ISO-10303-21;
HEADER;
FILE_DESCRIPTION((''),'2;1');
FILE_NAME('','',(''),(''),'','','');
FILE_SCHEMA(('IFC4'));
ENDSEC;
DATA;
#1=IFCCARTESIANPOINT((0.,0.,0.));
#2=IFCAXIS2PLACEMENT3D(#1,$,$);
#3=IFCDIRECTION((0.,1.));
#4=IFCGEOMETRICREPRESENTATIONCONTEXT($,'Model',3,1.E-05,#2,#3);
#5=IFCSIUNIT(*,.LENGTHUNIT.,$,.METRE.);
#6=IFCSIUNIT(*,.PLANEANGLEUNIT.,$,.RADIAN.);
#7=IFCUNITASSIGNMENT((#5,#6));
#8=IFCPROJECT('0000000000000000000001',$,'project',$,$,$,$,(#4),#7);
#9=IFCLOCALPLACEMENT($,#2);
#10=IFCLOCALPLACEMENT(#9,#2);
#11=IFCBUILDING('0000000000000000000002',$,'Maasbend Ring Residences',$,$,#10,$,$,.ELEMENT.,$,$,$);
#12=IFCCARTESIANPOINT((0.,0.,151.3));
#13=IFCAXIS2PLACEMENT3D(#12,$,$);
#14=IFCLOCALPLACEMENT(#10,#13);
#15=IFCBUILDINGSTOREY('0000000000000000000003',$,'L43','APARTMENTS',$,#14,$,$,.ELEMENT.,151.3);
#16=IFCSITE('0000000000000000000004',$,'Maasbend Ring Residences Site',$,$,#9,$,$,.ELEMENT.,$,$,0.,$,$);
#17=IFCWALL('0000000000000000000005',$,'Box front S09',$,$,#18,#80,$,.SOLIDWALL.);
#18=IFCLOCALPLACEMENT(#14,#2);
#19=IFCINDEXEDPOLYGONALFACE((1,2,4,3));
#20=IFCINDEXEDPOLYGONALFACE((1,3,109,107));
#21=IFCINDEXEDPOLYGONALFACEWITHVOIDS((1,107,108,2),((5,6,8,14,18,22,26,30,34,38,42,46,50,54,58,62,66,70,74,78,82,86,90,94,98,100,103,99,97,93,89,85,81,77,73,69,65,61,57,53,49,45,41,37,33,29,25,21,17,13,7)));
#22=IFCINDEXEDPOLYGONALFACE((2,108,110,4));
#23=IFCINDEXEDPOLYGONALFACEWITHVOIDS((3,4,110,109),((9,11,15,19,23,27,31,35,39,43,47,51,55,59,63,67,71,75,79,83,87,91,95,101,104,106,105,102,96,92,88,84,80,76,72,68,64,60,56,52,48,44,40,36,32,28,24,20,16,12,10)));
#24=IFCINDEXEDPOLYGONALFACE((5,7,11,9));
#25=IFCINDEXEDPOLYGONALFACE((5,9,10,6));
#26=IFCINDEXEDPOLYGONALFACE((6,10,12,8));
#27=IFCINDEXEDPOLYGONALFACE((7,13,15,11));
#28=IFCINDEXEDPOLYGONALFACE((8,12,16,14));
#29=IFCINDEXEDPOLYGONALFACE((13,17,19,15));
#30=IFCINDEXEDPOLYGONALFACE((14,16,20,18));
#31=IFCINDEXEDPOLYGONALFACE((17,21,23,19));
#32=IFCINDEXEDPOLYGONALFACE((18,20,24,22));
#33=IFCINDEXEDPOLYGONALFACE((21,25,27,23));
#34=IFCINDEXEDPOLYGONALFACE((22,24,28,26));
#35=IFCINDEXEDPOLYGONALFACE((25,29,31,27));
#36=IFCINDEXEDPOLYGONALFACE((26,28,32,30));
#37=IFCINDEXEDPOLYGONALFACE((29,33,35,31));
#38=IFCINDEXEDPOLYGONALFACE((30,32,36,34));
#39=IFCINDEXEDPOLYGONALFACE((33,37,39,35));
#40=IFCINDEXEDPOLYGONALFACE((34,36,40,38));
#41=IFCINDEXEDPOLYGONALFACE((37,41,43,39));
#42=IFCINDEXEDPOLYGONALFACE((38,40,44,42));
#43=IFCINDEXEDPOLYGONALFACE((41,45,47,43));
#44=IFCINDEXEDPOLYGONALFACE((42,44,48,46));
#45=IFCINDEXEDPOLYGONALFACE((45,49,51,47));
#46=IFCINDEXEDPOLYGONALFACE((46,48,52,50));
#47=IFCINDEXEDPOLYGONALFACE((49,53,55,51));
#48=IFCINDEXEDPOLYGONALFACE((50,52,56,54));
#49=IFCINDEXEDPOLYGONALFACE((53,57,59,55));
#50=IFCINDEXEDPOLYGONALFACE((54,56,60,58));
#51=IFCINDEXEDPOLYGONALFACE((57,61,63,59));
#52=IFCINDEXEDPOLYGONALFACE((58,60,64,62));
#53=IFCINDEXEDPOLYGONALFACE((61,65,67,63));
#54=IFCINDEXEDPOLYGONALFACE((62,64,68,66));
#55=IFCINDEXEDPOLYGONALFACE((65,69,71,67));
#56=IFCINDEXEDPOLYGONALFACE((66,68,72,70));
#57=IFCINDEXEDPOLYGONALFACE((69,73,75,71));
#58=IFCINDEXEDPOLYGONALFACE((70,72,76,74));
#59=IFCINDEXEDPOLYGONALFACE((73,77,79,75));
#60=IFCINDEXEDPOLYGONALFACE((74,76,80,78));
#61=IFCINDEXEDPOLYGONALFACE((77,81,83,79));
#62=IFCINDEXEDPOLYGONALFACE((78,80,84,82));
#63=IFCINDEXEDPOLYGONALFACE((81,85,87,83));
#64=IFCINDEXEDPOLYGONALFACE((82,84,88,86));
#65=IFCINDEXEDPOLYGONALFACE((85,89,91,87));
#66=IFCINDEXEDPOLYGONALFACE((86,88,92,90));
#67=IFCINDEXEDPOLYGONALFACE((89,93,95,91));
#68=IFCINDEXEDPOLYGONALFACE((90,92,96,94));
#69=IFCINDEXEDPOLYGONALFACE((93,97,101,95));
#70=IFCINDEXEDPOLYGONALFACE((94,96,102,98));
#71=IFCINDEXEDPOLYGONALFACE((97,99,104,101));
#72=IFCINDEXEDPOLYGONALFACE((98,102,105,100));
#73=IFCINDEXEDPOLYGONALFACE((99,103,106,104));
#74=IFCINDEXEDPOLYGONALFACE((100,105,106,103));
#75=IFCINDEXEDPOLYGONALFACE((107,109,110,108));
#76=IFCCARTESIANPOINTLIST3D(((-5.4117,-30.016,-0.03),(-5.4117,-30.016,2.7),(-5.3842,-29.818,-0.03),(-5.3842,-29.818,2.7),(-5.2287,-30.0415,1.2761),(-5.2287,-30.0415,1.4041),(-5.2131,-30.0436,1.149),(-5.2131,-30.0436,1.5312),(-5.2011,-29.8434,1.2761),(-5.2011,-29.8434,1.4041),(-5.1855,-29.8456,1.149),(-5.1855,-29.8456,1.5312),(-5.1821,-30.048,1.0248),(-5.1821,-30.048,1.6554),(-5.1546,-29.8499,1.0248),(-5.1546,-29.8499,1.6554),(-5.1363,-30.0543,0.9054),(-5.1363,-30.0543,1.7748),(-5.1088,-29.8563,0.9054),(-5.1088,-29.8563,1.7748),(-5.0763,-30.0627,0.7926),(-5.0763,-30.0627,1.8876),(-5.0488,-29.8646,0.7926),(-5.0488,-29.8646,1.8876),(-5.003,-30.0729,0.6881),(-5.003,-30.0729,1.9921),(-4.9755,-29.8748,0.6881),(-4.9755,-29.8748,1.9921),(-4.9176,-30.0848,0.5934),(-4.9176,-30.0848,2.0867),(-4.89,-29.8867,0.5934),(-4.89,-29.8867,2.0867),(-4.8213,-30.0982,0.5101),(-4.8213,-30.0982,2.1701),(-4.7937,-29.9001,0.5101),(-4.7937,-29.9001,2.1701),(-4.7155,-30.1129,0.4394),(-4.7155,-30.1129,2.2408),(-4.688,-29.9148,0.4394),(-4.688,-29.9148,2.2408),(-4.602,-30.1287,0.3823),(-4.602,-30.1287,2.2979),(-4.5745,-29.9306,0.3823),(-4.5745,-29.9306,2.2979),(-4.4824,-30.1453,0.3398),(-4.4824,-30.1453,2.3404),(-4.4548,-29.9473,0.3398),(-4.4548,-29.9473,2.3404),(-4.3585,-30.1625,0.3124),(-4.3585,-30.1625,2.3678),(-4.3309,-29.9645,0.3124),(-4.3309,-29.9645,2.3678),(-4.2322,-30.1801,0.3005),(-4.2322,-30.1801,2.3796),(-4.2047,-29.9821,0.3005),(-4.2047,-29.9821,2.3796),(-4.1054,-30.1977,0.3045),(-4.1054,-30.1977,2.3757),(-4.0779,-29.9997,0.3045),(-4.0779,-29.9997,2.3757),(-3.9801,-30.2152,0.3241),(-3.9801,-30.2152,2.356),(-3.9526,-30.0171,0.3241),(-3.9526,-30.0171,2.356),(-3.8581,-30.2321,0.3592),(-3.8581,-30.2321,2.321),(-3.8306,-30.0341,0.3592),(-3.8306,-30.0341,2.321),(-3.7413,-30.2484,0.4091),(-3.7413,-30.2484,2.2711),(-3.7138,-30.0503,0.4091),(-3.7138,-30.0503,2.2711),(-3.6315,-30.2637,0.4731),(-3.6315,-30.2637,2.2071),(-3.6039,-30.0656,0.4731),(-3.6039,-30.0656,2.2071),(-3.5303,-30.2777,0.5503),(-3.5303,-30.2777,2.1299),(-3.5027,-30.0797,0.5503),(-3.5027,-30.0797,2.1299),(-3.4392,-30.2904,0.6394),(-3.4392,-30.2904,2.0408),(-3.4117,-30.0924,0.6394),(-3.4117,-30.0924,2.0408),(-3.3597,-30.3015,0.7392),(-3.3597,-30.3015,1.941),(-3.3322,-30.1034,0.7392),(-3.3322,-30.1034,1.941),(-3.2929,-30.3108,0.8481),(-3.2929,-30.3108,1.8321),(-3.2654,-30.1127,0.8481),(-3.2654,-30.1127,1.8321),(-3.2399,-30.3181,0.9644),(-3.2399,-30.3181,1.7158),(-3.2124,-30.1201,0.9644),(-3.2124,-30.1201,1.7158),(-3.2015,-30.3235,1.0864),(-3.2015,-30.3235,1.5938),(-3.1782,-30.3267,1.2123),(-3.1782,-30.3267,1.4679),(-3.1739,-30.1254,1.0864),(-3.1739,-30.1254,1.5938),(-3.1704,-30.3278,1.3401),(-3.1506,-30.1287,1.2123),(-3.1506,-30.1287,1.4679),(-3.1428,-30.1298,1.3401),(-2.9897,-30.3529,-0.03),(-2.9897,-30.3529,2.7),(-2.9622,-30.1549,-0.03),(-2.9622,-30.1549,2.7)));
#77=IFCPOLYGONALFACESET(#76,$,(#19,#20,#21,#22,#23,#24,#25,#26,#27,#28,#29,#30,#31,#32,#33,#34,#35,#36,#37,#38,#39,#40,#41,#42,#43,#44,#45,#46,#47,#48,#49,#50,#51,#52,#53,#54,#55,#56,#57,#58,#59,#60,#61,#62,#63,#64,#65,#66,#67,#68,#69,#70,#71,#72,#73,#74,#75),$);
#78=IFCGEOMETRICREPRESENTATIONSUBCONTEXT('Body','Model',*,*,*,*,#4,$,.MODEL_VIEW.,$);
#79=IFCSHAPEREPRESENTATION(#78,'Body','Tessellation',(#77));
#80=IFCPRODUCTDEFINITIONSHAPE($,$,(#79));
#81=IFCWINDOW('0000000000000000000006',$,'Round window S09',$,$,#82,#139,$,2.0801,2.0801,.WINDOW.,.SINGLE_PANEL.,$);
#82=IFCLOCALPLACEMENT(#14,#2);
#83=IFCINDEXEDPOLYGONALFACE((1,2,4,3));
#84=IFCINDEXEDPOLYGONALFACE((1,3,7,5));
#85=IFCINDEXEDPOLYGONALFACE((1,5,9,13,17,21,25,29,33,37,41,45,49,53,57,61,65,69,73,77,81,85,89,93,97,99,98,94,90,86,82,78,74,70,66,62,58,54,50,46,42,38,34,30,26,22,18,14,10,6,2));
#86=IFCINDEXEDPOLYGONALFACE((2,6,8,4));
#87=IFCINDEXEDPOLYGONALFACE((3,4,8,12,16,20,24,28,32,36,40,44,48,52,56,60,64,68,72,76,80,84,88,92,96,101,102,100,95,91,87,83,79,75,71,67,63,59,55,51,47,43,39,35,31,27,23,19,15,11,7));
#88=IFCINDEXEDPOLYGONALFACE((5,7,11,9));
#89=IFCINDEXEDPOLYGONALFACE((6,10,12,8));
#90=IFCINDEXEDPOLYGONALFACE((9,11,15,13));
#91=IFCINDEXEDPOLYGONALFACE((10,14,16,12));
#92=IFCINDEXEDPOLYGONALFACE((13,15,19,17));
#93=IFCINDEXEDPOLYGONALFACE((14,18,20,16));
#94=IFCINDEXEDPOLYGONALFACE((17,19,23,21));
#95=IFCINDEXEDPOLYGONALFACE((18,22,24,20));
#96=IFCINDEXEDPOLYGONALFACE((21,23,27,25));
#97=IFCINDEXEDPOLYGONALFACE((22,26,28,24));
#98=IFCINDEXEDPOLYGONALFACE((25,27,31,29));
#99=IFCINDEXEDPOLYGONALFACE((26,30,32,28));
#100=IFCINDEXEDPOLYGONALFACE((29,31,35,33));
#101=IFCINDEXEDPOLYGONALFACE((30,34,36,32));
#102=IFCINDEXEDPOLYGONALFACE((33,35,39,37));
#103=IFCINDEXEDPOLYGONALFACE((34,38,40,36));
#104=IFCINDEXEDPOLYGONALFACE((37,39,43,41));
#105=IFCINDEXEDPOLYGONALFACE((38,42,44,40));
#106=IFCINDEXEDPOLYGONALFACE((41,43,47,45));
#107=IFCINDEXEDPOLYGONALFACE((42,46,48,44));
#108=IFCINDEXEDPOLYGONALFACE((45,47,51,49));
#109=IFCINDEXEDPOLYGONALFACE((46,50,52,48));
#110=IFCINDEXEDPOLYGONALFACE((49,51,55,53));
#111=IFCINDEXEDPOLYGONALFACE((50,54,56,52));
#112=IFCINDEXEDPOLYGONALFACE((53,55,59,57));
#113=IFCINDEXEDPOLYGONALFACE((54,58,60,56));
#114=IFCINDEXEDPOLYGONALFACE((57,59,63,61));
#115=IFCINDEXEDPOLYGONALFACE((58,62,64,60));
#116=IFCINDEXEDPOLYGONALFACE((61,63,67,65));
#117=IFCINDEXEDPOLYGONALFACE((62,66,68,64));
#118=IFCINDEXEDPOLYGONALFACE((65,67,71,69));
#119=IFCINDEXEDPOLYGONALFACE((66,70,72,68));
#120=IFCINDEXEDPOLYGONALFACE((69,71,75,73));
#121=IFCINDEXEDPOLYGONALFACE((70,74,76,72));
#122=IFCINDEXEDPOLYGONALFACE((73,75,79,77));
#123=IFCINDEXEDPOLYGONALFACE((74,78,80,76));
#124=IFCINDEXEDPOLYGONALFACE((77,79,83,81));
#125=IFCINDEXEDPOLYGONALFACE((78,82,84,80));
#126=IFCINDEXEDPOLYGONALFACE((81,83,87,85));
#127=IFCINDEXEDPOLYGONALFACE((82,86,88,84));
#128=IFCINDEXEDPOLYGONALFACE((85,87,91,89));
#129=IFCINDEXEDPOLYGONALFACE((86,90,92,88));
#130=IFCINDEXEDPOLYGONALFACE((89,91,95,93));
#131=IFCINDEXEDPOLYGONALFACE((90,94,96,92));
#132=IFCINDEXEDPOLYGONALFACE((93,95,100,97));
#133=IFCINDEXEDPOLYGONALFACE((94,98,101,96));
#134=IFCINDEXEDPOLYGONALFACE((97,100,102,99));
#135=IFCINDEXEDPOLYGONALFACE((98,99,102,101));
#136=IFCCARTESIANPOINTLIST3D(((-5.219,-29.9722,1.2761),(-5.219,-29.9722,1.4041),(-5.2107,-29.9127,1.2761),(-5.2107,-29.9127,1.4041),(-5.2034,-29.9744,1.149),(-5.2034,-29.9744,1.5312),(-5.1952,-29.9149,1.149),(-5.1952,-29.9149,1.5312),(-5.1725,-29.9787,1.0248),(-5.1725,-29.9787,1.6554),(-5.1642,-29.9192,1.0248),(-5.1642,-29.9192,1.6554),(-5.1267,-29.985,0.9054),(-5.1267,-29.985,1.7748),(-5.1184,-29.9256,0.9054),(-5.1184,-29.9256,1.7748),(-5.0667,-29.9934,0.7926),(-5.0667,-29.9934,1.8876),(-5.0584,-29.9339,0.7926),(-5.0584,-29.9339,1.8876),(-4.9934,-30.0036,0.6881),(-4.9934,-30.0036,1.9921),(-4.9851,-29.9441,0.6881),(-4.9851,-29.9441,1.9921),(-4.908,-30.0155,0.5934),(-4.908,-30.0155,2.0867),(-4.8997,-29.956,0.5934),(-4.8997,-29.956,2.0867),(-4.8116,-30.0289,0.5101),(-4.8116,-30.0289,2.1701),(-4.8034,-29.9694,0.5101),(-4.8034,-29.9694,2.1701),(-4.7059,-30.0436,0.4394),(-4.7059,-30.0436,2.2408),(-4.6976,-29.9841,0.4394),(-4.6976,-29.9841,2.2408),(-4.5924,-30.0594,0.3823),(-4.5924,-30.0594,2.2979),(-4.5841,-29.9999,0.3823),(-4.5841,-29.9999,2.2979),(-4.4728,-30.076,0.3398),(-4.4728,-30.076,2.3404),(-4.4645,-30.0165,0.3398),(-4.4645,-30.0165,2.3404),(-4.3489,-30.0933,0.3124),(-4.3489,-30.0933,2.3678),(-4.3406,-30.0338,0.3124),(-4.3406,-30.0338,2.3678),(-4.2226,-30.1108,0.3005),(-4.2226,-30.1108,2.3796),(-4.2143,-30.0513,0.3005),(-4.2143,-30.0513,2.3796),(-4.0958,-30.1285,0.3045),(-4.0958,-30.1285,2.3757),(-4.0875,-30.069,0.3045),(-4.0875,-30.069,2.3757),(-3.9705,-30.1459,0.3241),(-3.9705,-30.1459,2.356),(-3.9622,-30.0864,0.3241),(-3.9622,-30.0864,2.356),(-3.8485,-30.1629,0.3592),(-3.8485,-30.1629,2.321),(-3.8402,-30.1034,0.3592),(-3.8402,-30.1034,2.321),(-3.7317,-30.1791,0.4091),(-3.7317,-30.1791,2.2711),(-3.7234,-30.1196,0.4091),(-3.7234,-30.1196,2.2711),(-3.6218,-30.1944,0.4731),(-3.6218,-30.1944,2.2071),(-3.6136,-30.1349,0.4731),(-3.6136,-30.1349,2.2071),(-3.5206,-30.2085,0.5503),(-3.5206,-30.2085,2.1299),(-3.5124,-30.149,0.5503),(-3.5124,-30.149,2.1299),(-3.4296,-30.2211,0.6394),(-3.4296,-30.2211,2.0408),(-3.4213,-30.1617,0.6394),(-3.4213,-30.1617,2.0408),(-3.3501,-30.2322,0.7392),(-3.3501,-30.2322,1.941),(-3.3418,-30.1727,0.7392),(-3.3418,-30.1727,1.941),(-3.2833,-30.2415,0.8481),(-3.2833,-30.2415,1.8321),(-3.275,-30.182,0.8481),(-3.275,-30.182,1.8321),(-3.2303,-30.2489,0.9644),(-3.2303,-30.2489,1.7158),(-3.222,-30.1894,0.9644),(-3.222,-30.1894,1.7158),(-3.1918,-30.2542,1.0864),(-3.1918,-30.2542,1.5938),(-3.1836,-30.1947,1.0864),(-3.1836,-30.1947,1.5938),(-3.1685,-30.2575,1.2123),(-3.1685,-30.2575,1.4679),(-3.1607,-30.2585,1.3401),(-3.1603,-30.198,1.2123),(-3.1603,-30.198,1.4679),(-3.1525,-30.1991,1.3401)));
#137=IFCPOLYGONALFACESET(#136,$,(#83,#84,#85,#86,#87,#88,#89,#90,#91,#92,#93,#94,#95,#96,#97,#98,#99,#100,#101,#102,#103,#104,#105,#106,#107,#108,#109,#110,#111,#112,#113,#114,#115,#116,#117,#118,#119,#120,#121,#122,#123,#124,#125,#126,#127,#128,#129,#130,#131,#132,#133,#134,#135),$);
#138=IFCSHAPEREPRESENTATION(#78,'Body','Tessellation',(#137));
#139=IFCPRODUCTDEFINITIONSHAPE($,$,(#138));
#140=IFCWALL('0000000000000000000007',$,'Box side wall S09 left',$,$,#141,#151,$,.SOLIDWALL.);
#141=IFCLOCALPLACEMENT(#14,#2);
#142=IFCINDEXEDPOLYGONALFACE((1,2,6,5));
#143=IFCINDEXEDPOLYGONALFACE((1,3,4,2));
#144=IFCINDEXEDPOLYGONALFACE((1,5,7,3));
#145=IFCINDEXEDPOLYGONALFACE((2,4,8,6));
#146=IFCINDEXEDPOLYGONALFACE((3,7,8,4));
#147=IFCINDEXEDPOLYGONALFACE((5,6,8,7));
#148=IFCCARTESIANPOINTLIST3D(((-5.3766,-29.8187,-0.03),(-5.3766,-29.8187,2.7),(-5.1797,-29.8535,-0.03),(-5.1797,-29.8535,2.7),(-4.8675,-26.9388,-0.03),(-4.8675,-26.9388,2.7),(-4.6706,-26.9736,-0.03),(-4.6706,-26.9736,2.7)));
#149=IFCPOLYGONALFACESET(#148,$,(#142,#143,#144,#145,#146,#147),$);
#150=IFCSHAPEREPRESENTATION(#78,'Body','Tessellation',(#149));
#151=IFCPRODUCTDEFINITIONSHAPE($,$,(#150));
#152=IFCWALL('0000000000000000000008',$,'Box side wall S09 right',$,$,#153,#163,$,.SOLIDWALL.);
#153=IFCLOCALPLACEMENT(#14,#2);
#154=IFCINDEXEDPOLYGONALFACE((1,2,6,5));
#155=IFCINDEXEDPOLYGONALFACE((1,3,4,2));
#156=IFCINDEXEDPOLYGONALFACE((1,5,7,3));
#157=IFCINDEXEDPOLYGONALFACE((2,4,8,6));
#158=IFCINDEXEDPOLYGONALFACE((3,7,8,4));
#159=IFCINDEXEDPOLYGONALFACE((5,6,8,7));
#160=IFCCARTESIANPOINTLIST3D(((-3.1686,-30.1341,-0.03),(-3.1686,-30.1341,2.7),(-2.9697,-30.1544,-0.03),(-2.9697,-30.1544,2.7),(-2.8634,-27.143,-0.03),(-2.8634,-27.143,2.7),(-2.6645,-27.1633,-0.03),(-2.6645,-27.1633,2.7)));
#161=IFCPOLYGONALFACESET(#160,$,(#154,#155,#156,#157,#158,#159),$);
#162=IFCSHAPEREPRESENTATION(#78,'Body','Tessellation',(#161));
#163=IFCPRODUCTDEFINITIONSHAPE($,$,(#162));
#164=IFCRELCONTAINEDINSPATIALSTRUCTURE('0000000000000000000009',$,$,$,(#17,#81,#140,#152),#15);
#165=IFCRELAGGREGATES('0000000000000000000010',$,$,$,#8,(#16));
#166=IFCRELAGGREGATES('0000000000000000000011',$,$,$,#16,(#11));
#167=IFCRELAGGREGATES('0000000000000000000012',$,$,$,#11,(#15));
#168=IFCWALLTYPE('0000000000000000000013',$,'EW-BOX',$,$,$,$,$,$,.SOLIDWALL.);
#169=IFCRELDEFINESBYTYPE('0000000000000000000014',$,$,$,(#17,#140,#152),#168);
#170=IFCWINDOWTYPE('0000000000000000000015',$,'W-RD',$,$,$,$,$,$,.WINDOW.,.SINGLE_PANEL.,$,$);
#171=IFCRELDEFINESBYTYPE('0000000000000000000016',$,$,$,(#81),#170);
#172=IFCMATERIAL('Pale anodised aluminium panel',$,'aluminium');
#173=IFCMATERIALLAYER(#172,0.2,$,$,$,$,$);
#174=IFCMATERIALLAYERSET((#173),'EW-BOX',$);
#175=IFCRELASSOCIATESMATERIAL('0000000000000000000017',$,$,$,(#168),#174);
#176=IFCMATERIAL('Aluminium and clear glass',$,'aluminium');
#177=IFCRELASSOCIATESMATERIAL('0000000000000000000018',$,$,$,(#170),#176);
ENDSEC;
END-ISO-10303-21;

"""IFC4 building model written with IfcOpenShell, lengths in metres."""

from ifc_helpers import new_model, si_unit, direction, frame, frame_2d, origin, place, context, subcontext, project, spatial, rectangle, circle, extrude, material, layer, layer_set, type_object, element, fill, save


model = new_model("IFC4")

# Units and contexts
model_context = context("Model", 3, precision=1e-05, world=origin(), true_north=direction((0.0, 1.0)))
body_context = subcontext(model_context, "Body", "Model", "MODEL_VIEW")
ifc_project = project(units=[si_unit("LENGTHUNIT", "METRE"), si_unit("PLANEANGLEUNIT", "RADIAN")], contexts=[model_context])

# Site, building, storey
site_placement = place(None, origin())
site = spatial("IfcSite", under=ifc_project, at=site_placement, Name="Maasbend Ring Residences Site", CompositionType="ELEMENT", RefElevation=0.0)
building_placement = place(site_placement, origin())
building = spatial("IfcBuilding", under=site, at=building_placement, Name="Maasbend Ring Residences", CompositionType="ELEMENT")
storey_placement = place(building_placement, frame((0.0, 0.0, 151.3)))
storey = spatial("IfcBuildingStorey", under=building, at=storey_placement, Name="L43", Description="APARTMENTS", CompositionType="ELEMENT", Elevation=151.3)

# Shared definitions
ifc_material_1 = material(Name="Pale anodised aluminium panel", Category="aluminium")
ifc_layer_1 = layer(ifc_material_1, 0.2)
ifc_layer_set_1 = layer_set([ifc_layer_1], Name="EW-BOX")
wall_type_1 = type_object("IfcWallType", Name="EW-BOX", PredefinedType="SOLIDWALL", material=ifc_layer_set_1)
ifc_material_2 = material(Name="Aluminium and clear glass", Category="aluminium")
window_type_1 = type_object("IfcWindowType", Name="W-RD", PartitioningType="SINGLE_PANEL", PredefinedType="WINDOW", material=ifc_material_2)

# Wall, opening, window
wall_1_placement = place(storey_placement, frame((-5.3979, -29.917, -0.03), z_axis=(0.0, 0.0, 1.0), x_axis=(0.990462, -0.137786, 0.0)))
wall_1 = element("IfcWall", 1, at=wall_1_placement, inside=storey, type_object=wall_type_1, Name="Box front S09", PredefinedType="SOLIDWALL", context=body_context, shape_type="SweptSolid", body=[
    extrude(rectangle(XDim=2.4453, YDim=0.2, at=frame_2d((1.2227, 0.0))), origin(), (0.0, 0.0, 1.0), 2.73),
])
opening_1_placement = place(wall_1_placement, frame((0.1829, 0.0, 0.3301)))
opening_1 = element("IfcOpeningElement", 2, at=opening_1_placement, cuts=wall_1, PredefinedType="OPENING", context=body_context, shape_type="SweptSolid", body=[
    extrude(circle(Radius=1.04, at=frame_2d((1.04, 1.04))), frame((0.0, 0.1099, 0.0), z_axis=(0.0, -1.0, 0.0), x_axis=(1.0, 0.0, 0.0)), (0.0, 0.0, 1.0), 0.22),
])
window_1_placement = place(opening_1_placement, origin())
window_1 = element("IfcWindow", 3, at=window_1_placement, inside=storey, type_object=window_type_1, Name="Round window S09", OverallHeight=2.0801, OverallWidth=2.0801, PartitioningType="SINGLE_PANEL", PredefinedType="WINDOW", context=body_context, shape_type="SweptSolid", body=[
    extrude(circle(Radius=1.04, at=frame_2d((1.04, 1.04))), frame((0.0, 0.03, 0.0), z_axis=(0.0, -1.0, 0.0), x_axis=(1.0, 0.0, 0.0)), (0.0, 0.0, 1.0), 0.0601),
])
fill(opening_1, window_1)

# Walls
wall_2_placement = place(storey_placement, frame((-4.769, -26.9561, -0.03), z_axis=(0.0, 0.0, 1.0), x_axis=(-0.174057, -0.984736, 0.0)))
element("IfcWall", 4, at=wall_2_placement, inside=storey, type_object=wall_type_1, Name="Box side wall S09 left", PredefinedType="SOLIDWALL", context=body_context, shape_type="SweptSolid", body=[
    extrude(rectangle(XDim=2.9246, YDim=0.2, at=frame_2d((1.4624, 0.0))), origin(), (0.0, 0.0, 1.0), 2.73),
])
wall_3_placement = place(storey_placement, frame((-2.7639, -27.1531, -0.03), z_axis=(0.0, 0.0, 1.0), x_axis=(-0.101505, -0.994835, 0.0)))
element("IfcWall", 5, at=wall_3_placement, inside=storey, type_object=wall_type_1, Name="Box side wall S09 right", PredefinedType="SOLIDWALL", context=body_context, shape_type="SweptSolid", body=[
    extrude(rectangle(XDim=3.0066, YDim=0.2, at=frame_2d((1.5034, 0.0))), origin(), (0.0, 0.0, 1.0), 2.73),
])

save(model, "model.ifc")
